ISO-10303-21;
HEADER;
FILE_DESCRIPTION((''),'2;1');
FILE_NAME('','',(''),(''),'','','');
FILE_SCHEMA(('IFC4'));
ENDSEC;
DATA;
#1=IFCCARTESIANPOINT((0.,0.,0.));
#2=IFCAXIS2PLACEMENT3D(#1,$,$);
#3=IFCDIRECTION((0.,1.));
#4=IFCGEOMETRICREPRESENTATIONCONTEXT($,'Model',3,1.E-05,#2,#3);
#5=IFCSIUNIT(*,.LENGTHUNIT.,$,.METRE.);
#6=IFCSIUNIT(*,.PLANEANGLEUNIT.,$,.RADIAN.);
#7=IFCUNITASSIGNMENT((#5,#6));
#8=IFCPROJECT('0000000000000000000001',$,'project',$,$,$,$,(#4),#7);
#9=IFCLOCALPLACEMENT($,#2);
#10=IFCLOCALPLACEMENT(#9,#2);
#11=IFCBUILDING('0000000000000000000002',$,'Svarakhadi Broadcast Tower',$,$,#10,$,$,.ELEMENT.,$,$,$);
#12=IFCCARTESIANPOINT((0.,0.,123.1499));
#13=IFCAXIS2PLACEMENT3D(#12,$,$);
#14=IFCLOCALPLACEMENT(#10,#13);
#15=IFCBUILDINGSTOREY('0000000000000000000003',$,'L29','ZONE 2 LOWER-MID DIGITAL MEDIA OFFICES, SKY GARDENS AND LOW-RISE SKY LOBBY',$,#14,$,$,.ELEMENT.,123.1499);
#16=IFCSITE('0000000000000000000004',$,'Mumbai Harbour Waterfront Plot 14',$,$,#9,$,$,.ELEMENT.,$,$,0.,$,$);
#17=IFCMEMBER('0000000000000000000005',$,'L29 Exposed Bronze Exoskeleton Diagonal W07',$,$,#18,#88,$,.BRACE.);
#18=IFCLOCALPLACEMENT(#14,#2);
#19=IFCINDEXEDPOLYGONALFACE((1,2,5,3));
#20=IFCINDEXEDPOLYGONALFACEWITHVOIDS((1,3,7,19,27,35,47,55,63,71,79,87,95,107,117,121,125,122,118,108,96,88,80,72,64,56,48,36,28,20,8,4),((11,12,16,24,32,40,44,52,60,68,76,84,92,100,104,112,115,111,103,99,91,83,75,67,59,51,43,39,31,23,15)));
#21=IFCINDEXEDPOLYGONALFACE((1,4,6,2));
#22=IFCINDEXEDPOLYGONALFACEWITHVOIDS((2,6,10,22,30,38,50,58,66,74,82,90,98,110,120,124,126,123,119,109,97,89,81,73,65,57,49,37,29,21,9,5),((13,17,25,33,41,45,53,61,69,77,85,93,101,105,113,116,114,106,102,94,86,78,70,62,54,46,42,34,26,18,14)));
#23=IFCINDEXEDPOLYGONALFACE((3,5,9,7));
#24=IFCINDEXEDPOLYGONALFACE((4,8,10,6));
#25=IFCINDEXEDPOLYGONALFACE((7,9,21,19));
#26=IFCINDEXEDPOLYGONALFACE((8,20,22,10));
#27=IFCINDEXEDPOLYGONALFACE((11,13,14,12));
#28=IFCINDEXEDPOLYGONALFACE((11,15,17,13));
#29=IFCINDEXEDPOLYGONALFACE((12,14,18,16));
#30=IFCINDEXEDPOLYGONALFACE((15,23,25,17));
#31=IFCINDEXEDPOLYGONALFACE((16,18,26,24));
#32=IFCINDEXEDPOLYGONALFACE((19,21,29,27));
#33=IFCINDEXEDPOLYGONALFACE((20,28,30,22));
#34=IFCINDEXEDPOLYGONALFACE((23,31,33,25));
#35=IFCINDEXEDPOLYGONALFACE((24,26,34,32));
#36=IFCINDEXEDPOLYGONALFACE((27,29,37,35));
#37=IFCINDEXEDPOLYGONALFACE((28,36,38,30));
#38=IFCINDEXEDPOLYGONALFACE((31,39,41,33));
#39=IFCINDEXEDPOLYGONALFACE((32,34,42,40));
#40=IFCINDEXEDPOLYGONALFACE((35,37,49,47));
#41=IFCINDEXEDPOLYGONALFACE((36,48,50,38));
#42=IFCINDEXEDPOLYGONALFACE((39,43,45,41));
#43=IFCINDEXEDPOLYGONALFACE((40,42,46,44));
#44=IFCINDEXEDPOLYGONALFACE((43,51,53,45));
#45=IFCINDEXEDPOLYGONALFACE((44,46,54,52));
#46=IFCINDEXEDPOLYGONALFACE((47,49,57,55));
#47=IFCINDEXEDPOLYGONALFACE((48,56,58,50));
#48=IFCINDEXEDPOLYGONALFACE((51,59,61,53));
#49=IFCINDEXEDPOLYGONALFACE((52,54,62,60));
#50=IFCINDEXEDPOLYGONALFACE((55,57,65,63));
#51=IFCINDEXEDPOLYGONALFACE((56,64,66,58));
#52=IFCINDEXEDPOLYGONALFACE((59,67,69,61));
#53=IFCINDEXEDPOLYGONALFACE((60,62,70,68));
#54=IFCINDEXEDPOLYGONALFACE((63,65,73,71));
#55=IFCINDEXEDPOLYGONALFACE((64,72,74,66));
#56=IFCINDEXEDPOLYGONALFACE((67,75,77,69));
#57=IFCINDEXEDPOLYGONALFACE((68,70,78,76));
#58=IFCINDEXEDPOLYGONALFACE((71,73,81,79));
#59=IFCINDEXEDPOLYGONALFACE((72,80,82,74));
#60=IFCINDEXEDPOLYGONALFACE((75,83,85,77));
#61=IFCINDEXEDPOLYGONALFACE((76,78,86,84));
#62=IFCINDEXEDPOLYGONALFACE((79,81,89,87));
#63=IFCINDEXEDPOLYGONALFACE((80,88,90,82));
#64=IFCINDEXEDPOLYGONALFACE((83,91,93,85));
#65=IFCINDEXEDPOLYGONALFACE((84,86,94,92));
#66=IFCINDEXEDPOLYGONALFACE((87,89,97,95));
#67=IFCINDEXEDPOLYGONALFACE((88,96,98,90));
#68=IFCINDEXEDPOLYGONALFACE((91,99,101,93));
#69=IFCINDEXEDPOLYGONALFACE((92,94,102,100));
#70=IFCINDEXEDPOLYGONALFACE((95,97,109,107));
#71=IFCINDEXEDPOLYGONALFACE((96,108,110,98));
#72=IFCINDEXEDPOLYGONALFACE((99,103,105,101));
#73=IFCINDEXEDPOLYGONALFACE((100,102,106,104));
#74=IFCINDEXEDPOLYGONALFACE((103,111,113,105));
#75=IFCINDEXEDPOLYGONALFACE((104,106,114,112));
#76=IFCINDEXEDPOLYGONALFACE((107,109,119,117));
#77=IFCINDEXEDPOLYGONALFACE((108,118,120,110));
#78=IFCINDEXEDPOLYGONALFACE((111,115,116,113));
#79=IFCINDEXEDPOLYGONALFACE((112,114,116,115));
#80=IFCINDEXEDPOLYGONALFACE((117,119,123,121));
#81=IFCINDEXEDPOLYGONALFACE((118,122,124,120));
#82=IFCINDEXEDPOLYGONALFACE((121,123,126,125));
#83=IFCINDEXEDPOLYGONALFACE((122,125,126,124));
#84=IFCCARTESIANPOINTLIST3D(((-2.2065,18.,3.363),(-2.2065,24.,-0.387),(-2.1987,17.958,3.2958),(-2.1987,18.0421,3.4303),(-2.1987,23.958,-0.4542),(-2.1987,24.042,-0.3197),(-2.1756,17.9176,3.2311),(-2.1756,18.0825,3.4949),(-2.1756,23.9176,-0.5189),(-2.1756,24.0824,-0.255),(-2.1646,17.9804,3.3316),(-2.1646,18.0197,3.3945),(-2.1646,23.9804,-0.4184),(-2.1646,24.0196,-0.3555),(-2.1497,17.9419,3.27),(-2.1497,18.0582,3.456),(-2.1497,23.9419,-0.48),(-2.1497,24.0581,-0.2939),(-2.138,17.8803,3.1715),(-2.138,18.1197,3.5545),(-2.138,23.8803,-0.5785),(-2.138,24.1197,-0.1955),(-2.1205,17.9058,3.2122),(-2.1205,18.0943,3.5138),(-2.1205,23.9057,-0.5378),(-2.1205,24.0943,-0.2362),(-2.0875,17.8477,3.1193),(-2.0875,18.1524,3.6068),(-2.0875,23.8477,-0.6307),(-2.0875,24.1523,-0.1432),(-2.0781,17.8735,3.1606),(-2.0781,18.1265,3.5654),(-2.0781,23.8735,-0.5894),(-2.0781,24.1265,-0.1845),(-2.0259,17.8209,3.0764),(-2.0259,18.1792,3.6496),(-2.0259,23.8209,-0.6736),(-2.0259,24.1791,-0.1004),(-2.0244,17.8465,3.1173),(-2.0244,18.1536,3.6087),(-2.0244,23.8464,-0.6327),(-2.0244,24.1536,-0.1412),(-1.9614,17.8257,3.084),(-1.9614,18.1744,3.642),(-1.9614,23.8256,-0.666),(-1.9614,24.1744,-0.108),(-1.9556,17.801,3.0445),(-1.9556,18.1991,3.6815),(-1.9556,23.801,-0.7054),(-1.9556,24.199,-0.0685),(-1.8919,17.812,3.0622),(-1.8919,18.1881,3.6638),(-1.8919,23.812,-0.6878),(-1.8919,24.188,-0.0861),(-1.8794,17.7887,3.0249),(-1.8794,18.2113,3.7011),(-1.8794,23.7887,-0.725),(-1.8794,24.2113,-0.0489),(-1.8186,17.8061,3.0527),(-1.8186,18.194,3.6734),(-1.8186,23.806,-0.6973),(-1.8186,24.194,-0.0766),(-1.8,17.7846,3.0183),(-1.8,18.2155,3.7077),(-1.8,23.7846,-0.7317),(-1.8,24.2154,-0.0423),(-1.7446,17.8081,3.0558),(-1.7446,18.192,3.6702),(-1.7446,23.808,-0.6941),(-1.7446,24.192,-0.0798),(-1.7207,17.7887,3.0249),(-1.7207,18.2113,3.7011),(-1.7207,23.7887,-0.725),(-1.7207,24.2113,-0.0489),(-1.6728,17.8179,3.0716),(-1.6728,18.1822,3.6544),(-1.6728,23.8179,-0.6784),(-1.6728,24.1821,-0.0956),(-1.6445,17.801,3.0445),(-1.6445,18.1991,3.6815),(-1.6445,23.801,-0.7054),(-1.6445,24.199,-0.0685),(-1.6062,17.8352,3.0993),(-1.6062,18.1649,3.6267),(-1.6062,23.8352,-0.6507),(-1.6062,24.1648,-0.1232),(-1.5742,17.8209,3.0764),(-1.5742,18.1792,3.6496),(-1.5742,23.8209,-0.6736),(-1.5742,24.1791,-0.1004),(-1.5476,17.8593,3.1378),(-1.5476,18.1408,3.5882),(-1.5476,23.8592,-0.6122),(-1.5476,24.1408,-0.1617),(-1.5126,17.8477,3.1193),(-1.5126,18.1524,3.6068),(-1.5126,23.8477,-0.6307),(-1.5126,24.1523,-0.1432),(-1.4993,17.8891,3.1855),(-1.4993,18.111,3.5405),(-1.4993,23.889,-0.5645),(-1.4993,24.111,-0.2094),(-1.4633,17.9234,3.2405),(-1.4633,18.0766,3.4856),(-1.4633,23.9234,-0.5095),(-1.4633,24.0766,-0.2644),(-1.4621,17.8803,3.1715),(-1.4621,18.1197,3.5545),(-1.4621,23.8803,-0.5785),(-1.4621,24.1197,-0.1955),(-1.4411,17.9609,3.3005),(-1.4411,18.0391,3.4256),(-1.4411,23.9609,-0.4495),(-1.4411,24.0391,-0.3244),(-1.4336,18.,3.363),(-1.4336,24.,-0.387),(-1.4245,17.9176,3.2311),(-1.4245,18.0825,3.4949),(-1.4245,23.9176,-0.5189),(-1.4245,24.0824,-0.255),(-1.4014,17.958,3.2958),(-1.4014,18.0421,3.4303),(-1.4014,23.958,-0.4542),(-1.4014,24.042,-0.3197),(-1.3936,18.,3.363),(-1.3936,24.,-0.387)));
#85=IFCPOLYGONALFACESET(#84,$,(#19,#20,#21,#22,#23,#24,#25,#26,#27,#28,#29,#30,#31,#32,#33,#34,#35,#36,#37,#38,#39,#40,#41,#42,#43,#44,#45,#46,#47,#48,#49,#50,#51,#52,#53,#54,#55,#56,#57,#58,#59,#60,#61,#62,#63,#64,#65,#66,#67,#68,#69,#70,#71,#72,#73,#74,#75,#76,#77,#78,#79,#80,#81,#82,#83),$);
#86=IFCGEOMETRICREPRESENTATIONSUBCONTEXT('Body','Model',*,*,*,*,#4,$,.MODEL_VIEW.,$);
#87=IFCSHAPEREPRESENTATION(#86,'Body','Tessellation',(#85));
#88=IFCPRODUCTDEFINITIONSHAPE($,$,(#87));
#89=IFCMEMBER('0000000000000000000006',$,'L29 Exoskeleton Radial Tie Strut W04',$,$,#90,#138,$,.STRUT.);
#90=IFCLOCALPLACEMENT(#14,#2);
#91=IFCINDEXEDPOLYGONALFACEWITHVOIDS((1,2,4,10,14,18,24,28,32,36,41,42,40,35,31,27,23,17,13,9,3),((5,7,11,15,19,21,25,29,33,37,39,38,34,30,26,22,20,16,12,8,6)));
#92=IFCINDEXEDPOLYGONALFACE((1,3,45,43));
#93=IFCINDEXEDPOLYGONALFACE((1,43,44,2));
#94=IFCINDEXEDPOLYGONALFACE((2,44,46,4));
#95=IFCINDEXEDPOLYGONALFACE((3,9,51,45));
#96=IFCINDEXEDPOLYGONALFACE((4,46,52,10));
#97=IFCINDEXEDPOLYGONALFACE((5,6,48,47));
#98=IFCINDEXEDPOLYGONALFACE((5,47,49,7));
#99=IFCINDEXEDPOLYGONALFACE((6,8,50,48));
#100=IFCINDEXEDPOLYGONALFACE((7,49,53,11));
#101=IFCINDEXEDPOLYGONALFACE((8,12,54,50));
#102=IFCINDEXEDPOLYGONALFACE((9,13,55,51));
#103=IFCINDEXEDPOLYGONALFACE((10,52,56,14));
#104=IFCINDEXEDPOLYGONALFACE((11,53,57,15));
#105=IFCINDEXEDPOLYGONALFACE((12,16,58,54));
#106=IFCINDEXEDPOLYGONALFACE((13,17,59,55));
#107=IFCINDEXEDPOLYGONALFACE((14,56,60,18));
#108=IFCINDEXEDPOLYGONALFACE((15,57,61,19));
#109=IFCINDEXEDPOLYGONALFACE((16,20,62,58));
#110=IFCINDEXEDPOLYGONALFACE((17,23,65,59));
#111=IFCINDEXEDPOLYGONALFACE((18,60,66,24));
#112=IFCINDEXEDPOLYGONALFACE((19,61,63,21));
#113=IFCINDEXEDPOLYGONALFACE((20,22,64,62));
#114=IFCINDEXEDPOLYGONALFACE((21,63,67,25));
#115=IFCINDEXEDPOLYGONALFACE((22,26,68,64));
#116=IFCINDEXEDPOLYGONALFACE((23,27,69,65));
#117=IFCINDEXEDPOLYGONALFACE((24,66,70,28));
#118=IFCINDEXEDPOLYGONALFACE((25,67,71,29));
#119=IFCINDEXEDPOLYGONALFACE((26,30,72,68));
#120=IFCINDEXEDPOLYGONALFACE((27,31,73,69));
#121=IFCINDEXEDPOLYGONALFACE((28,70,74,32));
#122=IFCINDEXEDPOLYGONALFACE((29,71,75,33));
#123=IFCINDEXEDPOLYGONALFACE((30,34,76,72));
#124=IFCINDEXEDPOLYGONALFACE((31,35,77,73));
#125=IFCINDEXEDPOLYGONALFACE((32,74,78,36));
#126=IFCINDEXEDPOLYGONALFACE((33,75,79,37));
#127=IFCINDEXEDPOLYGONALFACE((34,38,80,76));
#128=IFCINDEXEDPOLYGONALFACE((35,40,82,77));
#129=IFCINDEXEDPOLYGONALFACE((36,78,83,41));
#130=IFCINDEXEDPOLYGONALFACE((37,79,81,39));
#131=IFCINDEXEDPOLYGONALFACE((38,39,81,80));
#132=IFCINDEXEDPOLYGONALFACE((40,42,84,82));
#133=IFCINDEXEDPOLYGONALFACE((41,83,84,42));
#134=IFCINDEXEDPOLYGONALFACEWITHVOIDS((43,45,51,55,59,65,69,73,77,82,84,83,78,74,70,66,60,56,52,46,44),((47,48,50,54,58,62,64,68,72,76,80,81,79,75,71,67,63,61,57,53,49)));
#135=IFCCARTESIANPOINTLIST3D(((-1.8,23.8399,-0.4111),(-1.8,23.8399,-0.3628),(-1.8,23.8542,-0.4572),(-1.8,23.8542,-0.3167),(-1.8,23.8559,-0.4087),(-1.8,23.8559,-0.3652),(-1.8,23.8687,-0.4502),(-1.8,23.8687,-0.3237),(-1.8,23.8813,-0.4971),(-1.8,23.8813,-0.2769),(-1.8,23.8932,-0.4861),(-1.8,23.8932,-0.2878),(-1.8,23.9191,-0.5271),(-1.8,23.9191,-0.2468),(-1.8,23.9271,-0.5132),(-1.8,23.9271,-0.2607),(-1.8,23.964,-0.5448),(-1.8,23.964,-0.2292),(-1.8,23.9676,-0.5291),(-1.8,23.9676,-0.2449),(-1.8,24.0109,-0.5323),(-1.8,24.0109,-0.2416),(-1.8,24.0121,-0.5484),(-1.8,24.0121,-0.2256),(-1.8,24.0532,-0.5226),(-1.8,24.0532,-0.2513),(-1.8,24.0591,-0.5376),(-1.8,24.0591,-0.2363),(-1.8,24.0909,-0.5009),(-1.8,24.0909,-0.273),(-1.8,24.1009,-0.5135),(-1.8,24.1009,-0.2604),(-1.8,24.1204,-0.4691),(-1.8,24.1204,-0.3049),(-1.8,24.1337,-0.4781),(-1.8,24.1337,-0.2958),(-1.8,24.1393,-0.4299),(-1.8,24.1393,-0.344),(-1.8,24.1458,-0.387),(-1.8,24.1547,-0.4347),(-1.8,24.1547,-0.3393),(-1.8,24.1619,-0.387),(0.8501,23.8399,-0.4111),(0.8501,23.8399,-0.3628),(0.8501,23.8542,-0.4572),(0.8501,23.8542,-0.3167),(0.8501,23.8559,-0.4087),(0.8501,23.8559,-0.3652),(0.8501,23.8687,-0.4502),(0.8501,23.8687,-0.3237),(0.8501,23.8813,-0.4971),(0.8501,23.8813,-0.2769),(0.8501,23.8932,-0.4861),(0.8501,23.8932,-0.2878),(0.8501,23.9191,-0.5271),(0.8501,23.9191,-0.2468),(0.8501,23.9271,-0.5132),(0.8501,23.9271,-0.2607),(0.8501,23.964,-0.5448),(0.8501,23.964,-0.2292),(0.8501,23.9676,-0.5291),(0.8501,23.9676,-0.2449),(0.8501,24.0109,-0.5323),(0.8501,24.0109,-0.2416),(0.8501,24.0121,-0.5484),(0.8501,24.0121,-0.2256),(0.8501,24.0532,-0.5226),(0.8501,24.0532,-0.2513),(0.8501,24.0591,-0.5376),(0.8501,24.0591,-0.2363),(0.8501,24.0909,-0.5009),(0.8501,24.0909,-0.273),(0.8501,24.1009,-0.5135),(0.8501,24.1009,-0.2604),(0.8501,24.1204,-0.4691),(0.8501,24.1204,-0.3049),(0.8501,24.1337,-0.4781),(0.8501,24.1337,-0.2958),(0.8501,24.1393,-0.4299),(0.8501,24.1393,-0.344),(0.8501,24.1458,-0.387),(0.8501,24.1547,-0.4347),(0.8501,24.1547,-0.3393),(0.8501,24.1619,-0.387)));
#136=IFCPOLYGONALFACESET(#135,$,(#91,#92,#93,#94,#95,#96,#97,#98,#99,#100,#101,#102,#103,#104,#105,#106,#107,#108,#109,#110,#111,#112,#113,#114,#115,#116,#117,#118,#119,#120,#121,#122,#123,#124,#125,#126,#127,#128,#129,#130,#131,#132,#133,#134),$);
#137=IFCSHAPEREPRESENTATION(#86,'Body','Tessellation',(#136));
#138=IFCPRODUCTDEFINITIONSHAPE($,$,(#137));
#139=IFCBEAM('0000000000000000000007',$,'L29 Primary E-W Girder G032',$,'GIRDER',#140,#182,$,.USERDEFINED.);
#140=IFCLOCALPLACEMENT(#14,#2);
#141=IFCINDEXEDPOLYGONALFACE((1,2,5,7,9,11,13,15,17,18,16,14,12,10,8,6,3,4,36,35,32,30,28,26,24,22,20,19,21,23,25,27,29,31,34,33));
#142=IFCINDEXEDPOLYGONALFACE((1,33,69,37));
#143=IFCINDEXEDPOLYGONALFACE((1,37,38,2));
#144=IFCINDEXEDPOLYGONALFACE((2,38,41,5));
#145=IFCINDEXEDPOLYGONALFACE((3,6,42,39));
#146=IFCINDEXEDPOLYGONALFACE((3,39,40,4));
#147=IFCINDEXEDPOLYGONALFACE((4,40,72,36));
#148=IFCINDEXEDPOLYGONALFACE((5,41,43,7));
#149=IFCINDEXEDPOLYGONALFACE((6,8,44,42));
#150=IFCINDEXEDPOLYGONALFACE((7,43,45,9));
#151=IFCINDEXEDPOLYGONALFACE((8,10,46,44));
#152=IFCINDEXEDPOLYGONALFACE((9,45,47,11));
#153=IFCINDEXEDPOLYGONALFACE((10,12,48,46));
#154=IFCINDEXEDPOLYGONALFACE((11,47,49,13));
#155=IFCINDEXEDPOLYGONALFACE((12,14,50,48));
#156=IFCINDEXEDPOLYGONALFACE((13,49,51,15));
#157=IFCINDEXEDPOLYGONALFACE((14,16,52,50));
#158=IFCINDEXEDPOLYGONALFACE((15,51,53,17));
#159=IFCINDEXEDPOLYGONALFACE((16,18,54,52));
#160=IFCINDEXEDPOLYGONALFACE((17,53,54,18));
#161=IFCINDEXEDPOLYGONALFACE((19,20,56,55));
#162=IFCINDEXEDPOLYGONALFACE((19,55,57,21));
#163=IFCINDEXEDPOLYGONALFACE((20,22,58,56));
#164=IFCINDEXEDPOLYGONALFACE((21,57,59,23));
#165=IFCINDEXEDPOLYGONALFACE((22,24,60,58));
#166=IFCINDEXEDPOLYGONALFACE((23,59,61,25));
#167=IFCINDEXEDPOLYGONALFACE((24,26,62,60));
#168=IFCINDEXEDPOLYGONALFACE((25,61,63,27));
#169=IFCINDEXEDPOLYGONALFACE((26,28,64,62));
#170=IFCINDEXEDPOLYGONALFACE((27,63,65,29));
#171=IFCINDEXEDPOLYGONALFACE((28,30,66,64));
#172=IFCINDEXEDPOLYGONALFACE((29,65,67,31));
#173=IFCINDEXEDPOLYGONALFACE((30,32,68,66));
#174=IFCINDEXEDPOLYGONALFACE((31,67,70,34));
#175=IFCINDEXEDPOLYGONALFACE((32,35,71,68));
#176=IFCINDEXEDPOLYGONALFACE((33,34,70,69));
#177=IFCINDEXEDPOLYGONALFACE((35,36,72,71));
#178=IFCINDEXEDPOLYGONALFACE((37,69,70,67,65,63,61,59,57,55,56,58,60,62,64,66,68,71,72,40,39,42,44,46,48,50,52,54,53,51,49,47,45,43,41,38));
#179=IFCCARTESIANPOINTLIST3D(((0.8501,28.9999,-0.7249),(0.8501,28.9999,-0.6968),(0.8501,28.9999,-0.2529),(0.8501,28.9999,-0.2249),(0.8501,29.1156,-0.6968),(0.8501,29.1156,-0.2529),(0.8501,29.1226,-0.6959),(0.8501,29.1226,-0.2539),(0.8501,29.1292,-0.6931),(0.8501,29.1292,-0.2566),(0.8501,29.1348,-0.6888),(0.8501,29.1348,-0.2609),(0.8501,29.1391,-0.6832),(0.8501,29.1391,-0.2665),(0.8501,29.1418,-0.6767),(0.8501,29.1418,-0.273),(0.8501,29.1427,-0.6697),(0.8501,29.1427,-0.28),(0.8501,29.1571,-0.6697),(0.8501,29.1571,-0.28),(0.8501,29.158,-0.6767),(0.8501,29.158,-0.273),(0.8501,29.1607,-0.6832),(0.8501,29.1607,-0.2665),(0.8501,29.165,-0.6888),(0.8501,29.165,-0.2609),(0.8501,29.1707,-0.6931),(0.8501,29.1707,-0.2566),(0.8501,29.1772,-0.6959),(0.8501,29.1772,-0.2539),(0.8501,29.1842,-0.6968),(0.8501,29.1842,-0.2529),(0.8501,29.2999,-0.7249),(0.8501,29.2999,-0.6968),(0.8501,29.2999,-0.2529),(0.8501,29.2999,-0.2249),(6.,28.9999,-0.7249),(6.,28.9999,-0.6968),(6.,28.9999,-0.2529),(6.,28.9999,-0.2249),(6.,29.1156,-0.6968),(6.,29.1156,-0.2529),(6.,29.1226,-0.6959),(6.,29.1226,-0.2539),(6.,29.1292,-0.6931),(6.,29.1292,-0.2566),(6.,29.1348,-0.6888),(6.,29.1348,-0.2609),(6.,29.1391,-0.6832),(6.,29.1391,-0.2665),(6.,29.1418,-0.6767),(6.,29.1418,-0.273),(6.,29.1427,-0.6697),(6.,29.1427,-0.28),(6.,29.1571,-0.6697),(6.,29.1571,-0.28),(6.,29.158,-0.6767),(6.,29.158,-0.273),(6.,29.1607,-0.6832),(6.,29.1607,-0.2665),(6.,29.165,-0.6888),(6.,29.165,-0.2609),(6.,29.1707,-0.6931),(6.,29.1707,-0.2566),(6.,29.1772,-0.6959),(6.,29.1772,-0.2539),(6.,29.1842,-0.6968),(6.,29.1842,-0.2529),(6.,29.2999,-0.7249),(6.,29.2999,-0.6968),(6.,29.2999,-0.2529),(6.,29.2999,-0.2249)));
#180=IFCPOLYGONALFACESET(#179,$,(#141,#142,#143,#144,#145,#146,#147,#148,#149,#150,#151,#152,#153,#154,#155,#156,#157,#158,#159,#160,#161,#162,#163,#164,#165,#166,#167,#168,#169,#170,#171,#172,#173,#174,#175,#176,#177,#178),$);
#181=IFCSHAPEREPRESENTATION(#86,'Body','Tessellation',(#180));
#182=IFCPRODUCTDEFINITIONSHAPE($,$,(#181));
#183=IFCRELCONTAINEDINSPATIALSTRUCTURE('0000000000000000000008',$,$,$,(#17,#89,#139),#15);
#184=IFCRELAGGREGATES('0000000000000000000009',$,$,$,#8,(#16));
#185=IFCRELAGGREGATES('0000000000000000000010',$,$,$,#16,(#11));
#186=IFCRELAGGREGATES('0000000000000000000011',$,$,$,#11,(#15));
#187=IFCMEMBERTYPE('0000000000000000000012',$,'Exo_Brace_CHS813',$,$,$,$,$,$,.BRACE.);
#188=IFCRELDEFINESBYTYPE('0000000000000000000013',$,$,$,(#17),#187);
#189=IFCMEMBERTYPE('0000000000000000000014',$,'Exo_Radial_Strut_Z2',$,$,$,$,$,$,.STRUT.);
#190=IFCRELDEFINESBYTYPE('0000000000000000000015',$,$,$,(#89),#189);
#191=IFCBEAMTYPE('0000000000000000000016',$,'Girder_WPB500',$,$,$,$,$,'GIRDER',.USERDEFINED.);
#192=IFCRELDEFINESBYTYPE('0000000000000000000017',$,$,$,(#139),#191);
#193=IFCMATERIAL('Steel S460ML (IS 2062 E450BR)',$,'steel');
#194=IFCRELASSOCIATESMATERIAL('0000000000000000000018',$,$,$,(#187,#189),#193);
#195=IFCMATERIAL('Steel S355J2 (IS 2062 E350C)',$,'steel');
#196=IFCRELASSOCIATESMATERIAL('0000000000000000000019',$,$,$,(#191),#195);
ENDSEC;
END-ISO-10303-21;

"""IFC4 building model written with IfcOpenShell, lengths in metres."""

from ifc_helpers import new_model, si_unit, direction, frame, origin, origin_2d, place, context, subcontext, project, spatial, hollow_circle, i_section, extrude, material, material_profile, profile_set, type_object, element, save


model = new_model("IFC4")

# Units and contexts
model_context = context("Model", 3, precision=1e-05, world=origin(), true_north=direction((0.0, 1.0)))
body_context = subcontext(model_context, "Body", "Model", "MODEL_VIEW")
ifc_project = project(units=[si_unit("LENGTHUNIT", "METRE"), si_unit("PLANEANGLEUNIT", "RADIAN")], contexts=[model_context])

# Site, building, storey
site_placement = place(None, origin())
site = spatial("IfcSite", under=ifc_project, at=site_placement, Name="Mumbai Harbour Waterfront Plot 14", CompositionType="ELEMENT", RefElevation=0.0)
building_placement = place(site_placement, origin())
building = spatial("IfcBuilding", under=site, at=building_placement, Name="Svarakhadi Broadcast Tower", CompositionType="ELEMENT")
storey_placement = place(building_placement, frame((0.0, 0.0, 123.1499)))
storey = spatial("IfcBuildingStorey", under=building, at=storey_placement, Name="L29", Description="ZONE 2 LOWER-MID DIGITAL MEDIA OFFICES, SKY GARDENS AND LOW-RISE SKY LOBBY", CompositionType="ELEMENT", Elevation=123.1499)

# Shared definitions
ifc_material_1 = material(Name="Steel S460ML (IS 2062 E450BR)", Category="steel")

# Shared definitions
ifc_material_2 = material(Name="Steel S355J2 (IS 2062 E350C)", Category="steel")

# Members
ifc_material_profile_1 = material_profile(ifc_material_1, hollow_circle(Radius=0.4065, WallThickness=0.04, at=origin_2d()), Name="CHS 813x40")
ifc_profile_set_1 = profile_set([ifc_material_profile_1], Name="Steel S460ML (IS 2062 E450BR)")
member_type_1 = type_object("IfcMemberType", Name="Exo_Brace_CHS813", PredefinedType="BRACE", material=ifc_profile_set_1)
member_1_placement = place(storey_placement, frame((-1.8, 24.0, -0.387), z_axis=(0.0, -0.847998, 0.529999), x_axis=(1.0, 0.0, 0.0)))
element("IfcMember", 1, at=member_1_placement, inside=storey, type_object=member_type_1, Name="L29 Exposed Bronze Exoskeleton Diagonal W07", PredefinedType="BRACE", context=body_context, shape_type="SweptSolid", body=[
    extrude(hollow_circle(Radius=0.4065, WallThickness=0.04, at=origin_2d()), origin(), (0.0, 0.0, 1.0), 7.0754),
])
ifc_material_profile_2 = material_profile(ifc_material_1, hollow_circle(Radius=0.1619, WallThickness=0.0161, at=origin_2d()), Name="CHS 323.9x16")
ifc_profile_set_2 = profile_set([ifc_material_profile_2], Name="Steel S460ML (IS 2062 E450BR)")
member_type_2 = type_object("IfcMemberType", Name="Exo_Radial_Strut_Z2", PredefinedType="STRUT", material=ifc_profile_set_2)
member_2_placement = place(storey_placement, frame((-1.8, 24.0, -0.387), z_axis=(1.0, 0.0, 0.0), x_axis=(0.0, 1.0, 0.0)))
element("IfcMember", 2, at=member_2_placement, inside=storey, type_object=member_type_2, Name="L29 Exoskeleton Radial Tie Strut W04", PredefinedType="STRUT", context=body_context, shape_type="SweptSolid", body=[
    extrude(hollow_circle(Radius=0.1619, WallThickness=0.0161, at=origin_2d()), origin(), (0.0, 0.0, 1.0), 2.6501),
])

# Beam
ifc_material_profile_3 = material_profile(ifc_material_2, i_section(OverallWidth=0.3, OverallDepth=0.5, WebThickness=0.0144, FlangeThickness=0.0281, FilletRadius=0.0271, at=origin_2d()), Name="WPB 500x300x187")
ifc_profile_set_3 = profile_set([ifc_material_profile_3], Name="Steel S355J2 (IS 2062 E350C)")
beam_type_1 = type_object("IfcBeamType", Name="Girder_WPB500", ElementType="GIRDER", PredefinedType="USERDEFINED", material=ifc_profile_set_3)
for number, where, z_axis, x_axis, name in (
    (3, (0.8501, 29.1499, -0.4749), (1.0, 0.0, 0.0), (0.0, 1.0, 0.0), "L29 Primary E-W Girder G032"),
):
    element("IfcBeam", number, at=place(storey_placement, frame(where, z_axis=z_axis, x_axis=x_axis)), inside=storey, type_object=beam_type_1, Name=name, ObjectType="GIRDER", PredefinedType="USERDEFINED", context=body_context, shape_type="SweptSolid", body=[
        extrude(i_section(OverallWidth=0.3, OverallDepth=0.5, WebThickness=0.0144, FlangeThickness=0.0281, FilletRadius=0.0271, at=origin_2d()), origin(), (0.0, 0.0, 1.0), 5.1499),
    ])

save(model, "model.ifc")
